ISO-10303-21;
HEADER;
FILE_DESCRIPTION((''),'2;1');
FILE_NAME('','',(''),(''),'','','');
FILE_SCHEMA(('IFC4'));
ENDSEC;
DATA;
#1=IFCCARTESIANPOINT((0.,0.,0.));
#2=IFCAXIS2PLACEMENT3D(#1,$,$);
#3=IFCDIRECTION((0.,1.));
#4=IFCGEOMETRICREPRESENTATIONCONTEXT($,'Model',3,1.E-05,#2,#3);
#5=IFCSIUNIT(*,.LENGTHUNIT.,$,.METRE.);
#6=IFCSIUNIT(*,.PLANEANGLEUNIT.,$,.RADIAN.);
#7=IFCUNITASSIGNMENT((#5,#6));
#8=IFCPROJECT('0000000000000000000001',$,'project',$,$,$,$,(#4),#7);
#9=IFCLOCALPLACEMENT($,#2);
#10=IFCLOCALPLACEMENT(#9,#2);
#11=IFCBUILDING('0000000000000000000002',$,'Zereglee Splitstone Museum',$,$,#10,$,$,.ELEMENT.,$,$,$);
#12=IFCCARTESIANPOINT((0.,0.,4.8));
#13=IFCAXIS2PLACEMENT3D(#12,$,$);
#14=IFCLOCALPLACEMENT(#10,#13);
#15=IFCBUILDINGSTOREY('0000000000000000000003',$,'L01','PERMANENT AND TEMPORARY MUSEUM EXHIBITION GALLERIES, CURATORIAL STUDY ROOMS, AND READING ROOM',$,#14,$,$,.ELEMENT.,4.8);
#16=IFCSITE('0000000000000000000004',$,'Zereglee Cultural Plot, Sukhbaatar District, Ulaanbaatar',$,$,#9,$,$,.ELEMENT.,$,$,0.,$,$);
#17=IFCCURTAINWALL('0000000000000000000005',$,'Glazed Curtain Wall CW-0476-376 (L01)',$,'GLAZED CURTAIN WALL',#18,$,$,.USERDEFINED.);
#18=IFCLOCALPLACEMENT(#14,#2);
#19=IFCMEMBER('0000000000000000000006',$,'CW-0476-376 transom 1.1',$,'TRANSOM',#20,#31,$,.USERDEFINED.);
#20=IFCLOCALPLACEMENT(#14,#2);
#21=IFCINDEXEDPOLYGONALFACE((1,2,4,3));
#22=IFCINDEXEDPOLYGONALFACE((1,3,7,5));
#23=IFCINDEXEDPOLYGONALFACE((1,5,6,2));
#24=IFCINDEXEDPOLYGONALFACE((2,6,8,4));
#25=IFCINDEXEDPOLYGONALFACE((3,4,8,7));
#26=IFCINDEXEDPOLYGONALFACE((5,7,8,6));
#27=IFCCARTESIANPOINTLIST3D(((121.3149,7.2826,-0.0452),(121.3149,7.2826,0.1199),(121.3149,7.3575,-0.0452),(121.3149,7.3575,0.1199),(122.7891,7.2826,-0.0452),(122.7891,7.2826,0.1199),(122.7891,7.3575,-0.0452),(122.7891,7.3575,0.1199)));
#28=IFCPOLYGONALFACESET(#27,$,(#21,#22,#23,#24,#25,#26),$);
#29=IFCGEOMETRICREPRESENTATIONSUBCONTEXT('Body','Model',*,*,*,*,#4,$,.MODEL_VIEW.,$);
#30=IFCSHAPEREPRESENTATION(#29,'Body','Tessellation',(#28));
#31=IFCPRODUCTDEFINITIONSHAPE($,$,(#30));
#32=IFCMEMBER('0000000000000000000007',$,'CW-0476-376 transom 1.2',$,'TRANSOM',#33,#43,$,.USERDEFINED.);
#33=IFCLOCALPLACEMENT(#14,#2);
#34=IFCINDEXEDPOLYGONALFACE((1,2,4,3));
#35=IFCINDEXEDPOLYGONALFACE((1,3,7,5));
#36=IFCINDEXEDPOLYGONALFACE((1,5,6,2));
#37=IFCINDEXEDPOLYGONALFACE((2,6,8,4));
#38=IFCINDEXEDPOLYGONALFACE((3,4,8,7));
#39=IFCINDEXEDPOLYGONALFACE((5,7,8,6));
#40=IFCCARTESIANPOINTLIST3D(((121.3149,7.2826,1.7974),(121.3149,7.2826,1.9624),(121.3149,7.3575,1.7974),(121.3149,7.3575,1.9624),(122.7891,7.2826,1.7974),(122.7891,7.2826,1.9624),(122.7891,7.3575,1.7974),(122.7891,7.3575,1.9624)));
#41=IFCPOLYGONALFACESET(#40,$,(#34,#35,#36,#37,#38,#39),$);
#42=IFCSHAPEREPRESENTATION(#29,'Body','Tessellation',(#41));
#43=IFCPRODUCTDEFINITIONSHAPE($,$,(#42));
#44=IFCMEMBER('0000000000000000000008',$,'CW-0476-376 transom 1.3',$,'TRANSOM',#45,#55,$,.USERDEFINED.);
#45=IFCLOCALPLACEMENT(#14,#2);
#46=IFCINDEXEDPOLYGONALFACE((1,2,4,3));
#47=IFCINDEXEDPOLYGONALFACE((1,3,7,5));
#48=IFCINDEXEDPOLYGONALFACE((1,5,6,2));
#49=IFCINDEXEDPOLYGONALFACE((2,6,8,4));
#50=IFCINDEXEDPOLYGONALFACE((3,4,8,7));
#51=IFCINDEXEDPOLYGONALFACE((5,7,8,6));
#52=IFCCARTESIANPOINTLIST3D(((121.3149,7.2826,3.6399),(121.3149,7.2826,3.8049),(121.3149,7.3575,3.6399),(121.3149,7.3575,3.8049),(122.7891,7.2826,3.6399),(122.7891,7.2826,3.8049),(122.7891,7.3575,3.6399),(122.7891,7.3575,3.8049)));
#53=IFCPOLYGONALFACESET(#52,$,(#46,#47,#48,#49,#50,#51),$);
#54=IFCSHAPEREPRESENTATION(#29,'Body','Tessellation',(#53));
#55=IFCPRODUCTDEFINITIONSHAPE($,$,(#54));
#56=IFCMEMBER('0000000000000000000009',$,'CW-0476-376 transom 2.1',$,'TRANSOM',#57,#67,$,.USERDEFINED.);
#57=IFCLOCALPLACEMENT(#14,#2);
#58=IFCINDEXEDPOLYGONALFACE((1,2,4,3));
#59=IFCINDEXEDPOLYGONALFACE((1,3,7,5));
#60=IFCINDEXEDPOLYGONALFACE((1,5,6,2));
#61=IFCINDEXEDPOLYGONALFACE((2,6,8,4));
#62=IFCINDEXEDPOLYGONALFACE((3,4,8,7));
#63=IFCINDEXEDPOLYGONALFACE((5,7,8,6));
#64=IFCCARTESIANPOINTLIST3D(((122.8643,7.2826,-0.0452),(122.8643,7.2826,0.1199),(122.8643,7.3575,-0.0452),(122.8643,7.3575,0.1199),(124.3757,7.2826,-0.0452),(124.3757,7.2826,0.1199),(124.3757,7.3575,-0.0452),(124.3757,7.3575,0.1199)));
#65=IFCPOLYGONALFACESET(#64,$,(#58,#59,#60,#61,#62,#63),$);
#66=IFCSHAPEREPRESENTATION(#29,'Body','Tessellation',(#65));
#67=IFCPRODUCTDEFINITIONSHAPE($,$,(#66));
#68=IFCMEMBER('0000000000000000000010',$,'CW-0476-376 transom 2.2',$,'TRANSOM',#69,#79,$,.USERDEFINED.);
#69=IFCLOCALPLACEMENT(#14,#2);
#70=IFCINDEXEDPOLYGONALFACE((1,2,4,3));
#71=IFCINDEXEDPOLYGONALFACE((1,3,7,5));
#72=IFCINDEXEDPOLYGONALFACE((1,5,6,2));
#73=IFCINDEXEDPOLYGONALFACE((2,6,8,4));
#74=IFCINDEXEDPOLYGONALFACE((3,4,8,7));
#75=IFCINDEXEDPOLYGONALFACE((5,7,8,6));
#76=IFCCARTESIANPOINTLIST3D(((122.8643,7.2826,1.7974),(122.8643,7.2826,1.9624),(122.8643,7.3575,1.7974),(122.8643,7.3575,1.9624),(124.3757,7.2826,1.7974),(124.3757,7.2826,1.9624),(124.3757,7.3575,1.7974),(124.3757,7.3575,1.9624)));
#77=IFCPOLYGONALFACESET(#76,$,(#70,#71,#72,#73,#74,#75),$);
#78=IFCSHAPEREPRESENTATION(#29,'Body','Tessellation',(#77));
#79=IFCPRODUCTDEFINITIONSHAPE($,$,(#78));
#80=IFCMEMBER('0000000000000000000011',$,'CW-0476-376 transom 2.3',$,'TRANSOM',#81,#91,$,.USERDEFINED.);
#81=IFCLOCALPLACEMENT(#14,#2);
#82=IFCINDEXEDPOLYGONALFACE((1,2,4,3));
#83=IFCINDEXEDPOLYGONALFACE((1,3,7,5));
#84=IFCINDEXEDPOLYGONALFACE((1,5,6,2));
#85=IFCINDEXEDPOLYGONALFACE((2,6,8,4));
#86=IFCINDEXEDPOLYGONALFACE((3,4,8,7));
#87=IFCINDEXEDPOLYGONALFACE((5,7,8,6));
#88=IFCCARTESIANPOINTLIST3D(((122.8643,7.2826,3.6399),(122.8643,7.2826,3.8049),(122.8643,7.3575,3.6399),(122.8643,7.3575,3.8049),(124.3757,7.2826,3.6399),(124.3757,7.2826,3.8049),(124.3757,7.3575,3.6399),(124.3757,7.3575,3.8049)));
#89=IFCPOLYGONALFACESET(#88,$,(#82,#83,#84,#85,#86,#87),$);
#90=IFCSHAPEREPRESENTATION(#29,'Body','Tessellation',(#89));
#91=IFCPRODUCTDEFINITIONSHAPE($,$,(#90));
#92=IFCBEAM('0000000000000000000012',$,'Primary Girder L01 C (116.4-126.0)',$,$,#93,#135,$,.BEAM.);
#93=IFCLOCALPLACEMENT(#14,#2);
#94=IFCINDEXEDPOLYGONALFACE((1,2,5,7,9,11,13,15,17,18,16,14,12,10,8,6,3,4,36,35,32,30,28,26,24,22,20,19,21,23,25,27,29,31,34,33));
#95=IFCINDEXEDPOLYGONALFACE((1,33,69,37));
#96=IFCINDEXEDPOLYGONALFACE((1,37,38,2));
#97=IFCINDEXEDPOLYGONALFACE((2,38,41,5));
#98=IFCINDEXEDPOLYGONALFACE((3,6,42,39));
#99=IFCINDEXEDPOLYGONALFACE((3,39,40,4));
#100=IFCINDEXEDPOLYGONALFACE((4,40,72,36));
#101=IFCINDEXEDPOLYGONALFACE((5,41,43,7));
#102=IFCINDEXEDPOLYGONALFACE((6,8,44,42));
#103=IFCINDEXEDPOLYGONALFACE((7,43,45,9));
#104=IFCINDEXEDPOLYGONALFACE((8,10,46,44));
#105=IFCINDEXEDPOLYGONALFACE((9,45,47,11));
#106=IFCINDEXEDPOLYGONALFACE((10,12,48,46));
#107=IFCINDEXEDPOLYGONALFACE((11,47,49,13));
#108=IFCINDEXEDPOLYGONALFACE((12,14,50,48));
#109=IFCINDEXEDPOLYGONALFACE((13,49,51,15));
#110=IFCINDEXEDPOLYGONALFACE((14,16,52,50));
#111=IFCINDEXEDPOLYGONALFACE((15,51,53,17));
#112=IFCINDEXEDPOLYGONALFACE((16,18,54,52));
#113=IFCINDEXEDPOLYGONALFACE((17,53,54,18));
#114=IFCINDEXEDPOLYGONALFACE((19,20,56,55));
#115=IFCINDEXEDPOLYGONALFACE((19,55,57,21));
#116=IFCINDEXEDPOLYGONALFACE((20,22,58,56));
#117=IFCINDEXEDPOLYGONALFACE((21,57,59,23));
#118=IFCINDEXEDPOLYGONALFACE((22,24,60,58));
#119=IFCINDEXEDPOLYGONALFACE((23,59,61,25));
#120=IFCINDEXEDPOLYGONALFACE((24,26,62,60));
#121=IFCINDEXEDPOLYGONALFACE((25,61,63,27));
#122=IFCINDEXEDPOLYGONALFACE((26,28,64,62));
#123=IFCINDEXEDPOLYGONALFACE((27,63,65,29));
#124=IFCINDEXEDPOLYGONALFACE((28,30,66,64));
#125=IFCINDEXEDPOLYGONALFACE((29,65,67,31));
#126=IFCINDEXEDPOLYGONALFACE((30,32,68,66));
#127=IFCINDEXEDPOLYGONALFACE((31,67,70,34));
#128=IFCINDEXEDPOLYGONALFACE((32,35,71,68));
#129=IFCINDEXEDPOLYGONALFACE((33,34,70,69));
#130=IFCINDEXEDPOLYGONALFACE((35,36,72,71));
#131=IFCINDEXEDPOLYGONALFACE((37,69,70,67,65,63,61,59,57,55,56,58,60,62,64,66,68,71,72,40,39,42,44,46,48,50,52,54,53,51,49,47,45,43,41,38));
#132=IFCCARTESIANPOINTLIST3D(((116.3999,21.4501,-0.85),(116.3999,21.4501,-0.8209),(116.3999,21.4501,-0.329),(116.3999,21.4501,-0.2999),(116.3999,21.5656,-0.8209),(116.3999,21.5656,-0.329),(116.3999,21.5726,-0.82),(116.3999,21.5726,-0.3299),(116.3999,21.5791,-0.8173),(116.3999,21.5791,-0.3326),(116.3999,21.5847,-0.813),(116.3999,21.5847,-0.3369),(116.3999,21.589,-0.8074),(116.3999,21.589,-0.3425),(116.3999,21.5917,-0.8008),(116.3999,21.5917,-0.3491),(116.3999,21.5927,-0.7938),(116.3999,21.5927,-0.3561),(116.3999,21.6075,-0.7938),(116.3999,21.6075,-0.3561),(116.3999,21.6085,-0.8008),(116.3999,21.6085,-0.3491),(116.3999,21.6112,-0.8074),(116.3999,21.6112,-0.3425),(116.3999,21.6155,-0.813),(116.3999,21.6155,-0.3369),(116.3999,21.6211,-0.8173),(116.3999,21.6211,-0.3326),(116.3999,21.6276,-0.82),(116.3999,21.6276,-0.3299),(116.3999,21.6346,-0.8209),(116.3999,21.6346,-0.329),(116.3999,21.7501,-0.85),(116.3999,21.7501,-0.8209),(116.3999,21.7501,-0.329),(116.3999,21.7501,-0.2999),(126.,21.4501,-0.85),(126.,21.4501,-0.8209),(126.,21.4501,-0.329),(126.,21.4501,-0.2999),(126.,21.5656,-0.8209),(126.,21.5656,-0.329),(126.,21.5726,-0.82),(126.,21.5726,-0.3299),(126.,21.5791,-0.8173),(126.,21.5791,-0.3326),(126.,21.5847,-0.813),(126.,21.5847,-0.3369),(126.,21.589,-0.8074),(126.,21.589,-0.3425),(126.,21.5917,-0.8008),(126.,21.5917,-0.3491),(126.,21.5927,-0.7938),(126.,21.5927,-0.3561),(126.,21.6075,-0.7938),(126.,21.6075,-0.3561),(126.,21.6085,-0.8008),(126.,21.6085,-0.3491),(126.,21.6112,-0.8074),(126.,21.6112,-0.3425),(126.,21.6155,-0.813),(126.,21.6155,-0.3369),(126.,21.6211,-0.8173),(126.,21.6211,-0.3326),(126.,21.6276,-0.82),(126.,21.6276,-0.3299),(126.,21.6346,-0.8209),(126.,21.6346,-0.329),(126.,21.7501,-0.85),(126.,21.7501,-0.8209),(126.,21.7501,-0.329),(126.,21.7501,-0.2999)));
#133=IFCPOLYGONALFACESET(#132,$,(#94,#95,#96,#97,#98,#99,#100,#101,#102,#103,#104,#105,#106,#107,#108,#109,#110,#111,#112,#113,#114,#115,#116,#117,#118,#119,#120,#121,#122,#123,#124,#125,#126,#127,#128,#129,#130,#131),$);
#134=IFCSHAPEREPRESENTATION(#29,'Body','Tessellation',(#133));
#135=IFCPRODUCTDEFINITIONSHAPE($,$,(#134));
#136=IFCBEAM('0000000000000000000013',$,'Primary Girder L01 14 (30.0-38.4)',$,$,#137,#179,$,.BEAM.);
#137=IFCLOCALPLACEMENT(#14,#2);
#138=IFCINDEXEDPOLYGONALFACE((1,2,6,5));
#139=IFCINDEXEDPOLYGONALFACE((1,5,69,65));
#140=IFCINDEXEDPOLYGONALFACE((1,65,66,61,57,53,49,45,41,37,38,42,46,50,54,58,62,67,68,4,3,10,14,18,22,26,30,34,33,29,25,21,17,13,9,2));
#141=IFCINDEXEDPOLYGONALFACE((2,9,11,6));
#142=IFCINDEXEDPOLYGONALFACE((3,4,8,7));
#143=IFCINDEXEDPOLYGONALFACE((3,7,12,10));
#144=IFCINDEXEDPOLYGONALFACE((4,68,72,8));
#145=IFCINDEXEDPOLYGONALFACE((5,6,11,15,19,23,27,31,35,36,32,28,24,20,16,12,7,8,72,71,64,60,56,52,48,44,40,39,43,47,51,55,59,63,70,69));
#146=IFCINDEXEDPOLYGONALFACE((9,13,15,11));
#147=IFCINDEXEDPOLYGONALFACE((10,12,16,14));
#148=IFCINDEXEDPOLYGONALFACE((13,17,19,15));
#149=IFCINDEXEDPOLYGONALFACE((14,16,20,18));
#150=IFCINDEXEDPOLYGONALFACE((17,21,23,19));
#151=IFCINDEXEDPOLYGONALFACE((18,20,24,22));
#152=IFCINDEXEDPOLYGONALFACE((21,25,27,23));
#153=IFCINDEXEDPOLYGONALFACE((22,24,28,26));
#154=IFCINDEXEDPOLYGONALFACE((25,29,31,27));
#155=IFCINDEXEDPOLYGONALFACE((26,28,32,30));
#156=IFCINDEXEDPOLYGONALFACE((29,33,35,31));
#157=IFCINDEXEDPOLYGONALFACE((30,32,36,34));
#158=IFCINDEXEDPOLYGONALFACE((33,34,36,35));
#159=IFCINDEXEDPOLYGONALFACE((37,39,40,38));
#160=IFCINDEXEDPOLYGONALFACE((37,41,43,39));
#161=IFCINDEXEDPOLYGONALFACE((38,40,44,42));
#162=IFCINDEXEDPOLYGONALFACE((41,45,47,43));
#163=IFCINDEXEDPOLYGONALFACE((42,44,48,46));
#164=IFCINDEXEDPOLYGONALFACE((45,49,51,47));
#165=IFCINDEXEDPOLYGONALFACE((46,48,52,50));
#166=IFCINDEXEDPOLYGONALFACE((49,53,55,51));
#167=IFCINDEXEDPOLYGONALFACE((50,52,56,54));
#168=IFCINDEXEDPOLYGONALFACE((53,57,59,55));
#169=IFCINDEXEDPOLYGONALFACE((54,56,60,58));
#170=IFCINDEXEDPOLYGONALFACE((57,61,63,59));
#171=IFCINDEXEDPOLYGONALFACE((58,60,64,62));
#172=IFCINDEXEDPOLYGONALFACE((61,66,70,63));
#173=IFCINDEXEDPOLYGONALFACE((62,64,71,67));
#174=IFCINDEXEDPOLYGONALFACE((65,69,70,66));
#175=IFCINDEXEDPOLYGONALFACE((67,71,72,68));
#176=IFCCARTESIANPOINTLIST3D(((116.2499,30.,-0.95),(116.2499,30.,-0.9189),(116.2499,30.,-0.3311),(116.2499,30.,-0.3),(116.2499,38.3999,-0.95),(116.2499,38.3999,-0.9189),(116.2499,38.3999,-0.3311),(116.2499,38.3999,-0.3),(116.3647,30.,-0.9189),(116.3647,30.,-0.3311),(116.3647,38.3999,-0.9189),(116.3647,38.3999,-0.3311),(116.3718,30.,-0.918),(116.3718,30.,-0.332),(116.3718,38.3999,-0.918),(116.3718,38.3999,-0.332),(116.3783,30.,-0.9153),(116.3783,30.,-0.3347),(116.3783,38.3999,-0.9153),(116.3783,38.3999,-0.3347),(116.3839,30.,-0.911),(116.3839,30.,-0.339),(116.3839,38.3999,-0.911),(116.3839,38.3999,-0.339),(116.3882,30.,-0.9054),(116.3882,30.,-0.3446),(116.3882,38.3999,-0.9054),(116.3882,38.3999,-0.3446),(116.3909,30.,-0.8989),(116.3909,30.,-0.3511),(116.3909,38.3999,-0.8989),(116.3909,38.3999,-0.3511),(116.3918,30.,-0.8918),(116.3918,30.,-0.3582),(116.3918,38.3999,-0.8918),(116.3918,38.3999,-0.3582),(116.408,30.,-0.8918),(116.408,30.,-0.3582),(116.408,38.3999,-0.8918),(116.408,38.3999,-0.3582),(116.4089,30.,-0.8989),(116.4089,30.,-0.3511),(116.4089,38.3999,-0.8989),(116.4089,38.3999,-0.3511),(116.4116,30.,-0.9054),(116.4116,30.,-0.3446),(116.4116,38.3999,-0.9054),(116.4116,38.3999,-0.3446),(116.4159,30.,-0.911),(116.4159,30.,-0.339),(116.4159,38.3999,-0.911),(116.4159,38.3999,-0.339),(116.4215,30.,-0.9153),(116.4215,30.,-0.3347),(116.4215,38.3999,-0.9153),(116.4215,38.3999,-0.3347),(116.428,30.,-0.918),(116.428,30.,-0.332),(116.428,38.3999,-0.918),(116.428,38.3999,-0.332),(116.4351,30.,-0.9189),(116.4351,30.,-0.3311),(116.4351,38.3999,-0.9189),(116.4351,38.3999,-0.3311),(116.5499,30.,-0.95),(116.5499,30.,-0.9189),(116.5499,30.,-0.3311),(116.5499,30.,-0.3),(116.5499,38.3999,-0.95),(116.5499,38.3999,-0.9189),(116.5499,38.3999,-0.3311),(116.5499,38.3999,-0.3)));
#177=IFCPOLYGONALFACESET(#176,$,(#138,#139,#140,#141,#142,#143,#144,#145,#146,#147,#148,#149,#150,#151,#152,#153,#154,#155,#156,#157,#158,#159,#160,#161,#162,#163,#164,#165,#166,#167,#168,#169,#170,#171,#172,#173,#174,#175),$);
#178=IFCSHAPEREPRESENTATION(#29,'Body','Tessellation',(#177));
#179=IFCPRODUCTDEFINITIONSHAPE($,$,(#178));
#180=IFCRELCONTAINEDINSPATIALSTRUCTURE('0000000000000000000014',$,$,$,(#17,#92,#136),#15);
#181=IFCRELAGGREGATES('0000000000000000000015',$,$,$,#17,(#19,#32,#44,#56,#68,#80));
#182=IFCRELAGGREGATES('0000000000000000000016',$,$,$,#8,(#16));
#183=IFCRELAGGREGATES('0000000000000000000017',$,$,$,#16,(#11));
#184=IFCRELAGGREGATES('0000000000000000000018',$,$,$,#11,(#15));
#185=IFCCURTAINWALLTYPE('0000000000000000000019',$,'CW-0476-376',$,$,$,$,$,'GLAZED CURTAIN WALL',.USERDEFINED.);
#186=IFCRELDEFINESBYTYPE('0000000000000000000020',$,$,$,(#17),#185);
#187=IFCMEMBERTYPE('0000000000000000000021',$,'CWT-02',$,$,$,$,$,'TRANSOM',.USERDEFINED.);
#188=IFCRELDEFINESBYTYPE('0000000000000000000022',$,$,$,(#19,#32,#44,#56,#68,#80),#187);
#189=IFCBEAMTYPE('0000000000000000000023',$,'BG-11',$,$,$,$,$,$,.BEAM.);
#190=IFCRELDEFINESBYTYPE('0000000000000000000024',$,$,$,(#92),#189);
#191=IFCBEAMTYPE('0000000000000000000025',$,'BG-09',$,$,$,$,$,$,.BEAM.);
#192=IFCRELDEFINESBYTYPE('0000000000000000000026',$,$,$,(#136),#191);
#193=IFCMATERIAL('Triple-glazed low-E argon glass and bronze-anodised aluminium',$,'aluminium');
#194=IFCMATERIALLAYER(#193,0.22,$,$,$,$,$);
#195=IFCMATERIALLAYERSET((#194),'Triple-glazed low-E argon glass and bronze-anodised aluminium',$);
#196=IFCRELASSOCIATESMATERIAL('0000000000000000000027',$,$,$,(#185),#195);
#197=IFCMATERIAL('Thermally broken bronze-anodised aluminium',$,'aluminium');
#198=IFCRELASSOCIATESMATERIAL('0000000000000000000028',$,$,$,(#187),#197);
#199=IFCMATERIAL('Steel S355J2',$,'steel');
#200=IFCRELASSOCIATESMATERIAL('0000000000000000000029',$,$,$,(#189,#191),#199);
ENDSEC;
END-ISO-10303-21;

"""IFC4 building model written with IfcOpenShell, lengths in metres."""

from ifc_helpers import new_model, si_unit, direction, frame, origin, origin_2d, place, context, subcontext, project, spatial, rectangle, i_section, extrude, material, layer, layer_set, material_profile, profile_set, type_object, element, aggregate, save


model = new_model("IFC4")

# Units and contexts
model_context = context("Model", 3, precision=1e-05, world=origin(), true_north=direction((0.0, 1.0)))
body_context = subcontext(model_context, "Body", "Model", "MODEL_VIEW")
ifc_project = project(units=[si_unit("LENGTHUNIT", "METRE"), si_unit("PLANEANGLEUNIT", "RADIAN")], contexts=[model_context])

# Site, building, storey
site_placement = place(None, origin())
site = spatial("IfcSite", under=ifc_project, at=site_placement, Name="Zereglee Cultural Plot, Sukhbaatar District, Ulaanbaatar", CompositionType="ELEMENT", RefElevation=0.0)
building_placement = place(site_placement, origin())
building = spatial("IfcBuilding", under=site, at=building_placement, Name="Zereglee Splitstone Museum", CompositionType="ELEMENT")
storey_placement = place(building_placement, frame((0.0, 0.0, 4.8)))
storey = spatial("IfcBuildingStorey", under=building, at=storey_placement, Name="L01", Description="PERMANENT AND TEMPORARY MUSEUM EXHIBITION GALLERIES, CURATORIAL STUDY ROOMS, AND READING ROOM", CompositionType="ELEMENT", Elevation=4.8)

# Shared definitions
ifc_material_1 = material(Name="Steel S355J2", Category="steel")

# Shared definitions
ifc_material_2 = material(Name="Triple-glazed low-E argon glass and bronze-anodised aluminium", Category="aluminium")
ifc_material_3 = material(Name="Thermally broken bronze-anodised aluminium", Category="aluminium")

# Curtain wall
ifc_layer_1 = layer(ifc_material_2, 0.22)
ifc_layer_set_1 = layer_set([ifc_layer_1], Name="Triple-glazed low-E argon glass and bronze-anodised aluminium")
curtain_wall_type_1 = type_object("IfcCurtainWallType", Name="CW-0476-376", ElementType="GLAZED CURTAIN WALL", PredefinedType="USERDEFINED", material=ifc_layer_set_1)
curtain_wall_1_placement = place(storey_placement, origin())
curtain_wall_1 = element("IfcCurtainWall", 1, at=curtain_wall_1_placement, inside=storey, type_object=curtain_wall_type_1, Name="Glazed Curtain Wall CW-0476-376 (L01)", ObjectType="GLAZED CURTAIN WALL", PredefinedType="USERDEFINED")

# Members
ifc_material_profile_1 = material_profile(ifc_material_3, rectangle(XDim=0.075, YDim=0.165, at=origin_2d()), Name="CW TRAN 75x165")
ifc_profile_set_1 = profile_set([ifc_material_profile_1], Name="Thermally broken bronze-anodised aluminium")
member_type_1 = type_object("IfcMemberType", Name="CWT-02", ElementType="TRANSOM", PredefinedType="USERDEFINED", material=ifc_profile_set_1)
member_1_placement = place(storey_placement, frame((121.3149, 7.3201, 0.0374), z_axis=(1.0, 0.0, 0.0), x_axis=(0.0, 1.0, 0.0)))
member_1 = element("IfcMember", 2, at=member_1_placement, type_object=member_type_1, Name="CW-0476-376 transom 1.1", ObjectType="TRANSOM", PredefinedType="USERDEFINED", context=body_context, shape_type="SweptSolid", body=[
    extrude(rectangle(XDim=0.075, YDim=0.165, at=origin_2d()), origin(), (0.0, 0.0, 1.0), 1.4741),
])
member_2_placement = place(storey_placement, frame((121.3149, 7.3201, 1.8799), z_axis=(1.0, 0.0, 0.0), x_axis=(0.0, 1.0, 0.0)))
member_2 = element("IfcMember", 3, at=member_2_placement, type_object=member_type_1, Name="CW-0476-376 transom 1.2", ObjectType="TRANSOM", PredefinedType="USERDEFINED", context=body_context, shape_type="SweptSolid", body=[
    extrude(rectangle(XDim=0.075, YDim=0.165, at=origin_2d()), origin(), (0.0, 0.0, 1.0), 1.4741),
])
member_3_placement = place(storey_placement, frame((121.3149, 7.3201, 3.7224), z_axis=(1.0, 0.0, 0.0), x_axis=(0.0, 1.0, 0.0)))
member_3 = element("IfcMember", 4, at=member_3_placement, type_object=member_type_1, Name="CW-0476-376 transom 1.3", ObjectType="TRANSOM", PredefinedType="USERDEFINED", context=body_context, shape_type="SweptSolid", body=[
    extrude(rectangle(XDim=0.075, YDim=0.165, at=origin_2d()), origin(), (0.0, 0.0, 1.0), 1.4741),
])
member_4_placement = place(storey_placement, frame((122.8643, 7.3201, 0.0374), z_axis=(1.0, 0.0, 0.0), x_axis=(0.0, 1.0, 0.0)))
member_4 = element("IfcMember", 5, at=member_4_placement, type_object=member_type_1, Name="CW-0476-376 transom 2.1", ObjectType="TRANSOM", PredefinedType="USERDEFINED", context=body_context, shape_type="SweptSolid", body=[
    extrude(rectangle(XDim=0.075, YDim=0.165, at=origin_2d()), origin(), (0.0, 0.0, 1.0), 1.5115),
])
member_5_placement = place(storey_placement, frame((122.8643, 7.3201, 1.8799), z_axis=(1.0, 0.0, 0.0), x_axis=(0.0, 1.0, 0.0)))
member_5 = element("IfcMember", 6, at=member_5_placement, type_object=member_type_1, Name="CW-0476-376 transom 2.2", ObjectType="TRANSOM", PredefinedType="USERDEFINED", context=body_context, shape_type="SweptSolid", body=[
    extrude(rectangle(XDim=0.075, YDim=0.165, at=origin_2d()), origin(), (0.0, 0.0, 1.0), 1.5115),
])
member_6_placement = place(storey_placement, frame((122.8643, 7.3201, 3.7224), z_axis=(1.0, 0.0, 0.0), x_axis=(0.0, 1.0, 0.0)))
member_6 = element("IfcMember", 7, at=member_6_placement, type_object=member_type_1, Name="CW-0476-376 transom 2.3", ObjectType="TRANSOM", PredefinedType="USERDEFINED", context=body_context, shape_type="SweptSolid", body=[
    extrude(rectangle(XDim=0.075, YDim=0.165, at=origin_2d()), origin(), (0.0, 0.0, 1.0), 1.5115),
])

# Beams
ifc_material_profile_2 = material_profile(ifc_material_1, i_section(OverallWidth=0.3, OverallDepth=0.55, WebThickness=0.0149, FlangeThickness=0.0291, FilletRadius=0.0271, at=origin_2d()), Name="HE 550 B")
ifc_profile_set_2 = profile_set([ifc_material_profile_2], Name="Steel S355J2")
beam_type_1 = type_object("IfcBeamType", Name="BG-11", PredefinedType="BEAM", material=ifc_profile_set_2)
beam_1_placement = place(storey_placement, frame((116.3999, 21.6001, -0.575), z_axis=(1.0, 0.0, 0.0), x_axis=(0.0, 1.0, 0.0)))
element("IfcBeam", 8, at=beam_1_placement, inside=storey, type_object=beam_type_1, Name="Primary Girder L01 C (116.4-126.0)", PredefinedType="BEAM", context=body_context, shape_type="SweptSolid", body=[
    extrude(i_section(OverallWidth=0.3, OverallDepth=0.55, WebThickness=0.0149, FlangeThickness=0.0291, FilletRadius=0.0271, at=origin_2d()), origin(), (0.0, 0.0, 1.0), 9.6001),
])
ifc_material_profile_3 = material_profile(ifc_material_1, i_section(OverallWidth=0.3, OverallDepth=0.6499, WebThickness=0.0161, FlangeThickness=0.031, FilletRadius=0.0271, at=origin_2d()), Name="HE 650 B")
ifc_profile_set_3 = profile_set([ifc_material_profile_3], Name="Steel S355J2")
beam_type_2 = type_object("IfcBeamType", Name="BG-09", PredefinedType="BEAM", material=ifc_profile_set_3)
beam_2_placement = place(storey_placement, frame((116.3999, 30.0, -0.625), z_axis=(0.0, 1.0, 0.0), x_axis=(-1.0, 0.0, 0.0)))
element("IfcBeam", 9, at=beam_2_placement, inside=storey, type_object=beam_type_2, Name="Primary Girder L01 14 (30.0-38.4)", PredefinedType="BEAM", context=body_context, shape_type="SweptSolid", body=[
    extrude(i_section(OverallWidth=0.3, OverallDepth=0.6499, WebThickness=0.0161, FlangeThickness=0.031, FilletRadius=0.0271, at=origin_2d()), origin(), (0.0, 0.0, 1.0), 8.3999),
])

aggregate(curtain_wall_1, [member_1, member_2, member_3, member_4, member_5, member_6])

save(model, "model.ifc")
